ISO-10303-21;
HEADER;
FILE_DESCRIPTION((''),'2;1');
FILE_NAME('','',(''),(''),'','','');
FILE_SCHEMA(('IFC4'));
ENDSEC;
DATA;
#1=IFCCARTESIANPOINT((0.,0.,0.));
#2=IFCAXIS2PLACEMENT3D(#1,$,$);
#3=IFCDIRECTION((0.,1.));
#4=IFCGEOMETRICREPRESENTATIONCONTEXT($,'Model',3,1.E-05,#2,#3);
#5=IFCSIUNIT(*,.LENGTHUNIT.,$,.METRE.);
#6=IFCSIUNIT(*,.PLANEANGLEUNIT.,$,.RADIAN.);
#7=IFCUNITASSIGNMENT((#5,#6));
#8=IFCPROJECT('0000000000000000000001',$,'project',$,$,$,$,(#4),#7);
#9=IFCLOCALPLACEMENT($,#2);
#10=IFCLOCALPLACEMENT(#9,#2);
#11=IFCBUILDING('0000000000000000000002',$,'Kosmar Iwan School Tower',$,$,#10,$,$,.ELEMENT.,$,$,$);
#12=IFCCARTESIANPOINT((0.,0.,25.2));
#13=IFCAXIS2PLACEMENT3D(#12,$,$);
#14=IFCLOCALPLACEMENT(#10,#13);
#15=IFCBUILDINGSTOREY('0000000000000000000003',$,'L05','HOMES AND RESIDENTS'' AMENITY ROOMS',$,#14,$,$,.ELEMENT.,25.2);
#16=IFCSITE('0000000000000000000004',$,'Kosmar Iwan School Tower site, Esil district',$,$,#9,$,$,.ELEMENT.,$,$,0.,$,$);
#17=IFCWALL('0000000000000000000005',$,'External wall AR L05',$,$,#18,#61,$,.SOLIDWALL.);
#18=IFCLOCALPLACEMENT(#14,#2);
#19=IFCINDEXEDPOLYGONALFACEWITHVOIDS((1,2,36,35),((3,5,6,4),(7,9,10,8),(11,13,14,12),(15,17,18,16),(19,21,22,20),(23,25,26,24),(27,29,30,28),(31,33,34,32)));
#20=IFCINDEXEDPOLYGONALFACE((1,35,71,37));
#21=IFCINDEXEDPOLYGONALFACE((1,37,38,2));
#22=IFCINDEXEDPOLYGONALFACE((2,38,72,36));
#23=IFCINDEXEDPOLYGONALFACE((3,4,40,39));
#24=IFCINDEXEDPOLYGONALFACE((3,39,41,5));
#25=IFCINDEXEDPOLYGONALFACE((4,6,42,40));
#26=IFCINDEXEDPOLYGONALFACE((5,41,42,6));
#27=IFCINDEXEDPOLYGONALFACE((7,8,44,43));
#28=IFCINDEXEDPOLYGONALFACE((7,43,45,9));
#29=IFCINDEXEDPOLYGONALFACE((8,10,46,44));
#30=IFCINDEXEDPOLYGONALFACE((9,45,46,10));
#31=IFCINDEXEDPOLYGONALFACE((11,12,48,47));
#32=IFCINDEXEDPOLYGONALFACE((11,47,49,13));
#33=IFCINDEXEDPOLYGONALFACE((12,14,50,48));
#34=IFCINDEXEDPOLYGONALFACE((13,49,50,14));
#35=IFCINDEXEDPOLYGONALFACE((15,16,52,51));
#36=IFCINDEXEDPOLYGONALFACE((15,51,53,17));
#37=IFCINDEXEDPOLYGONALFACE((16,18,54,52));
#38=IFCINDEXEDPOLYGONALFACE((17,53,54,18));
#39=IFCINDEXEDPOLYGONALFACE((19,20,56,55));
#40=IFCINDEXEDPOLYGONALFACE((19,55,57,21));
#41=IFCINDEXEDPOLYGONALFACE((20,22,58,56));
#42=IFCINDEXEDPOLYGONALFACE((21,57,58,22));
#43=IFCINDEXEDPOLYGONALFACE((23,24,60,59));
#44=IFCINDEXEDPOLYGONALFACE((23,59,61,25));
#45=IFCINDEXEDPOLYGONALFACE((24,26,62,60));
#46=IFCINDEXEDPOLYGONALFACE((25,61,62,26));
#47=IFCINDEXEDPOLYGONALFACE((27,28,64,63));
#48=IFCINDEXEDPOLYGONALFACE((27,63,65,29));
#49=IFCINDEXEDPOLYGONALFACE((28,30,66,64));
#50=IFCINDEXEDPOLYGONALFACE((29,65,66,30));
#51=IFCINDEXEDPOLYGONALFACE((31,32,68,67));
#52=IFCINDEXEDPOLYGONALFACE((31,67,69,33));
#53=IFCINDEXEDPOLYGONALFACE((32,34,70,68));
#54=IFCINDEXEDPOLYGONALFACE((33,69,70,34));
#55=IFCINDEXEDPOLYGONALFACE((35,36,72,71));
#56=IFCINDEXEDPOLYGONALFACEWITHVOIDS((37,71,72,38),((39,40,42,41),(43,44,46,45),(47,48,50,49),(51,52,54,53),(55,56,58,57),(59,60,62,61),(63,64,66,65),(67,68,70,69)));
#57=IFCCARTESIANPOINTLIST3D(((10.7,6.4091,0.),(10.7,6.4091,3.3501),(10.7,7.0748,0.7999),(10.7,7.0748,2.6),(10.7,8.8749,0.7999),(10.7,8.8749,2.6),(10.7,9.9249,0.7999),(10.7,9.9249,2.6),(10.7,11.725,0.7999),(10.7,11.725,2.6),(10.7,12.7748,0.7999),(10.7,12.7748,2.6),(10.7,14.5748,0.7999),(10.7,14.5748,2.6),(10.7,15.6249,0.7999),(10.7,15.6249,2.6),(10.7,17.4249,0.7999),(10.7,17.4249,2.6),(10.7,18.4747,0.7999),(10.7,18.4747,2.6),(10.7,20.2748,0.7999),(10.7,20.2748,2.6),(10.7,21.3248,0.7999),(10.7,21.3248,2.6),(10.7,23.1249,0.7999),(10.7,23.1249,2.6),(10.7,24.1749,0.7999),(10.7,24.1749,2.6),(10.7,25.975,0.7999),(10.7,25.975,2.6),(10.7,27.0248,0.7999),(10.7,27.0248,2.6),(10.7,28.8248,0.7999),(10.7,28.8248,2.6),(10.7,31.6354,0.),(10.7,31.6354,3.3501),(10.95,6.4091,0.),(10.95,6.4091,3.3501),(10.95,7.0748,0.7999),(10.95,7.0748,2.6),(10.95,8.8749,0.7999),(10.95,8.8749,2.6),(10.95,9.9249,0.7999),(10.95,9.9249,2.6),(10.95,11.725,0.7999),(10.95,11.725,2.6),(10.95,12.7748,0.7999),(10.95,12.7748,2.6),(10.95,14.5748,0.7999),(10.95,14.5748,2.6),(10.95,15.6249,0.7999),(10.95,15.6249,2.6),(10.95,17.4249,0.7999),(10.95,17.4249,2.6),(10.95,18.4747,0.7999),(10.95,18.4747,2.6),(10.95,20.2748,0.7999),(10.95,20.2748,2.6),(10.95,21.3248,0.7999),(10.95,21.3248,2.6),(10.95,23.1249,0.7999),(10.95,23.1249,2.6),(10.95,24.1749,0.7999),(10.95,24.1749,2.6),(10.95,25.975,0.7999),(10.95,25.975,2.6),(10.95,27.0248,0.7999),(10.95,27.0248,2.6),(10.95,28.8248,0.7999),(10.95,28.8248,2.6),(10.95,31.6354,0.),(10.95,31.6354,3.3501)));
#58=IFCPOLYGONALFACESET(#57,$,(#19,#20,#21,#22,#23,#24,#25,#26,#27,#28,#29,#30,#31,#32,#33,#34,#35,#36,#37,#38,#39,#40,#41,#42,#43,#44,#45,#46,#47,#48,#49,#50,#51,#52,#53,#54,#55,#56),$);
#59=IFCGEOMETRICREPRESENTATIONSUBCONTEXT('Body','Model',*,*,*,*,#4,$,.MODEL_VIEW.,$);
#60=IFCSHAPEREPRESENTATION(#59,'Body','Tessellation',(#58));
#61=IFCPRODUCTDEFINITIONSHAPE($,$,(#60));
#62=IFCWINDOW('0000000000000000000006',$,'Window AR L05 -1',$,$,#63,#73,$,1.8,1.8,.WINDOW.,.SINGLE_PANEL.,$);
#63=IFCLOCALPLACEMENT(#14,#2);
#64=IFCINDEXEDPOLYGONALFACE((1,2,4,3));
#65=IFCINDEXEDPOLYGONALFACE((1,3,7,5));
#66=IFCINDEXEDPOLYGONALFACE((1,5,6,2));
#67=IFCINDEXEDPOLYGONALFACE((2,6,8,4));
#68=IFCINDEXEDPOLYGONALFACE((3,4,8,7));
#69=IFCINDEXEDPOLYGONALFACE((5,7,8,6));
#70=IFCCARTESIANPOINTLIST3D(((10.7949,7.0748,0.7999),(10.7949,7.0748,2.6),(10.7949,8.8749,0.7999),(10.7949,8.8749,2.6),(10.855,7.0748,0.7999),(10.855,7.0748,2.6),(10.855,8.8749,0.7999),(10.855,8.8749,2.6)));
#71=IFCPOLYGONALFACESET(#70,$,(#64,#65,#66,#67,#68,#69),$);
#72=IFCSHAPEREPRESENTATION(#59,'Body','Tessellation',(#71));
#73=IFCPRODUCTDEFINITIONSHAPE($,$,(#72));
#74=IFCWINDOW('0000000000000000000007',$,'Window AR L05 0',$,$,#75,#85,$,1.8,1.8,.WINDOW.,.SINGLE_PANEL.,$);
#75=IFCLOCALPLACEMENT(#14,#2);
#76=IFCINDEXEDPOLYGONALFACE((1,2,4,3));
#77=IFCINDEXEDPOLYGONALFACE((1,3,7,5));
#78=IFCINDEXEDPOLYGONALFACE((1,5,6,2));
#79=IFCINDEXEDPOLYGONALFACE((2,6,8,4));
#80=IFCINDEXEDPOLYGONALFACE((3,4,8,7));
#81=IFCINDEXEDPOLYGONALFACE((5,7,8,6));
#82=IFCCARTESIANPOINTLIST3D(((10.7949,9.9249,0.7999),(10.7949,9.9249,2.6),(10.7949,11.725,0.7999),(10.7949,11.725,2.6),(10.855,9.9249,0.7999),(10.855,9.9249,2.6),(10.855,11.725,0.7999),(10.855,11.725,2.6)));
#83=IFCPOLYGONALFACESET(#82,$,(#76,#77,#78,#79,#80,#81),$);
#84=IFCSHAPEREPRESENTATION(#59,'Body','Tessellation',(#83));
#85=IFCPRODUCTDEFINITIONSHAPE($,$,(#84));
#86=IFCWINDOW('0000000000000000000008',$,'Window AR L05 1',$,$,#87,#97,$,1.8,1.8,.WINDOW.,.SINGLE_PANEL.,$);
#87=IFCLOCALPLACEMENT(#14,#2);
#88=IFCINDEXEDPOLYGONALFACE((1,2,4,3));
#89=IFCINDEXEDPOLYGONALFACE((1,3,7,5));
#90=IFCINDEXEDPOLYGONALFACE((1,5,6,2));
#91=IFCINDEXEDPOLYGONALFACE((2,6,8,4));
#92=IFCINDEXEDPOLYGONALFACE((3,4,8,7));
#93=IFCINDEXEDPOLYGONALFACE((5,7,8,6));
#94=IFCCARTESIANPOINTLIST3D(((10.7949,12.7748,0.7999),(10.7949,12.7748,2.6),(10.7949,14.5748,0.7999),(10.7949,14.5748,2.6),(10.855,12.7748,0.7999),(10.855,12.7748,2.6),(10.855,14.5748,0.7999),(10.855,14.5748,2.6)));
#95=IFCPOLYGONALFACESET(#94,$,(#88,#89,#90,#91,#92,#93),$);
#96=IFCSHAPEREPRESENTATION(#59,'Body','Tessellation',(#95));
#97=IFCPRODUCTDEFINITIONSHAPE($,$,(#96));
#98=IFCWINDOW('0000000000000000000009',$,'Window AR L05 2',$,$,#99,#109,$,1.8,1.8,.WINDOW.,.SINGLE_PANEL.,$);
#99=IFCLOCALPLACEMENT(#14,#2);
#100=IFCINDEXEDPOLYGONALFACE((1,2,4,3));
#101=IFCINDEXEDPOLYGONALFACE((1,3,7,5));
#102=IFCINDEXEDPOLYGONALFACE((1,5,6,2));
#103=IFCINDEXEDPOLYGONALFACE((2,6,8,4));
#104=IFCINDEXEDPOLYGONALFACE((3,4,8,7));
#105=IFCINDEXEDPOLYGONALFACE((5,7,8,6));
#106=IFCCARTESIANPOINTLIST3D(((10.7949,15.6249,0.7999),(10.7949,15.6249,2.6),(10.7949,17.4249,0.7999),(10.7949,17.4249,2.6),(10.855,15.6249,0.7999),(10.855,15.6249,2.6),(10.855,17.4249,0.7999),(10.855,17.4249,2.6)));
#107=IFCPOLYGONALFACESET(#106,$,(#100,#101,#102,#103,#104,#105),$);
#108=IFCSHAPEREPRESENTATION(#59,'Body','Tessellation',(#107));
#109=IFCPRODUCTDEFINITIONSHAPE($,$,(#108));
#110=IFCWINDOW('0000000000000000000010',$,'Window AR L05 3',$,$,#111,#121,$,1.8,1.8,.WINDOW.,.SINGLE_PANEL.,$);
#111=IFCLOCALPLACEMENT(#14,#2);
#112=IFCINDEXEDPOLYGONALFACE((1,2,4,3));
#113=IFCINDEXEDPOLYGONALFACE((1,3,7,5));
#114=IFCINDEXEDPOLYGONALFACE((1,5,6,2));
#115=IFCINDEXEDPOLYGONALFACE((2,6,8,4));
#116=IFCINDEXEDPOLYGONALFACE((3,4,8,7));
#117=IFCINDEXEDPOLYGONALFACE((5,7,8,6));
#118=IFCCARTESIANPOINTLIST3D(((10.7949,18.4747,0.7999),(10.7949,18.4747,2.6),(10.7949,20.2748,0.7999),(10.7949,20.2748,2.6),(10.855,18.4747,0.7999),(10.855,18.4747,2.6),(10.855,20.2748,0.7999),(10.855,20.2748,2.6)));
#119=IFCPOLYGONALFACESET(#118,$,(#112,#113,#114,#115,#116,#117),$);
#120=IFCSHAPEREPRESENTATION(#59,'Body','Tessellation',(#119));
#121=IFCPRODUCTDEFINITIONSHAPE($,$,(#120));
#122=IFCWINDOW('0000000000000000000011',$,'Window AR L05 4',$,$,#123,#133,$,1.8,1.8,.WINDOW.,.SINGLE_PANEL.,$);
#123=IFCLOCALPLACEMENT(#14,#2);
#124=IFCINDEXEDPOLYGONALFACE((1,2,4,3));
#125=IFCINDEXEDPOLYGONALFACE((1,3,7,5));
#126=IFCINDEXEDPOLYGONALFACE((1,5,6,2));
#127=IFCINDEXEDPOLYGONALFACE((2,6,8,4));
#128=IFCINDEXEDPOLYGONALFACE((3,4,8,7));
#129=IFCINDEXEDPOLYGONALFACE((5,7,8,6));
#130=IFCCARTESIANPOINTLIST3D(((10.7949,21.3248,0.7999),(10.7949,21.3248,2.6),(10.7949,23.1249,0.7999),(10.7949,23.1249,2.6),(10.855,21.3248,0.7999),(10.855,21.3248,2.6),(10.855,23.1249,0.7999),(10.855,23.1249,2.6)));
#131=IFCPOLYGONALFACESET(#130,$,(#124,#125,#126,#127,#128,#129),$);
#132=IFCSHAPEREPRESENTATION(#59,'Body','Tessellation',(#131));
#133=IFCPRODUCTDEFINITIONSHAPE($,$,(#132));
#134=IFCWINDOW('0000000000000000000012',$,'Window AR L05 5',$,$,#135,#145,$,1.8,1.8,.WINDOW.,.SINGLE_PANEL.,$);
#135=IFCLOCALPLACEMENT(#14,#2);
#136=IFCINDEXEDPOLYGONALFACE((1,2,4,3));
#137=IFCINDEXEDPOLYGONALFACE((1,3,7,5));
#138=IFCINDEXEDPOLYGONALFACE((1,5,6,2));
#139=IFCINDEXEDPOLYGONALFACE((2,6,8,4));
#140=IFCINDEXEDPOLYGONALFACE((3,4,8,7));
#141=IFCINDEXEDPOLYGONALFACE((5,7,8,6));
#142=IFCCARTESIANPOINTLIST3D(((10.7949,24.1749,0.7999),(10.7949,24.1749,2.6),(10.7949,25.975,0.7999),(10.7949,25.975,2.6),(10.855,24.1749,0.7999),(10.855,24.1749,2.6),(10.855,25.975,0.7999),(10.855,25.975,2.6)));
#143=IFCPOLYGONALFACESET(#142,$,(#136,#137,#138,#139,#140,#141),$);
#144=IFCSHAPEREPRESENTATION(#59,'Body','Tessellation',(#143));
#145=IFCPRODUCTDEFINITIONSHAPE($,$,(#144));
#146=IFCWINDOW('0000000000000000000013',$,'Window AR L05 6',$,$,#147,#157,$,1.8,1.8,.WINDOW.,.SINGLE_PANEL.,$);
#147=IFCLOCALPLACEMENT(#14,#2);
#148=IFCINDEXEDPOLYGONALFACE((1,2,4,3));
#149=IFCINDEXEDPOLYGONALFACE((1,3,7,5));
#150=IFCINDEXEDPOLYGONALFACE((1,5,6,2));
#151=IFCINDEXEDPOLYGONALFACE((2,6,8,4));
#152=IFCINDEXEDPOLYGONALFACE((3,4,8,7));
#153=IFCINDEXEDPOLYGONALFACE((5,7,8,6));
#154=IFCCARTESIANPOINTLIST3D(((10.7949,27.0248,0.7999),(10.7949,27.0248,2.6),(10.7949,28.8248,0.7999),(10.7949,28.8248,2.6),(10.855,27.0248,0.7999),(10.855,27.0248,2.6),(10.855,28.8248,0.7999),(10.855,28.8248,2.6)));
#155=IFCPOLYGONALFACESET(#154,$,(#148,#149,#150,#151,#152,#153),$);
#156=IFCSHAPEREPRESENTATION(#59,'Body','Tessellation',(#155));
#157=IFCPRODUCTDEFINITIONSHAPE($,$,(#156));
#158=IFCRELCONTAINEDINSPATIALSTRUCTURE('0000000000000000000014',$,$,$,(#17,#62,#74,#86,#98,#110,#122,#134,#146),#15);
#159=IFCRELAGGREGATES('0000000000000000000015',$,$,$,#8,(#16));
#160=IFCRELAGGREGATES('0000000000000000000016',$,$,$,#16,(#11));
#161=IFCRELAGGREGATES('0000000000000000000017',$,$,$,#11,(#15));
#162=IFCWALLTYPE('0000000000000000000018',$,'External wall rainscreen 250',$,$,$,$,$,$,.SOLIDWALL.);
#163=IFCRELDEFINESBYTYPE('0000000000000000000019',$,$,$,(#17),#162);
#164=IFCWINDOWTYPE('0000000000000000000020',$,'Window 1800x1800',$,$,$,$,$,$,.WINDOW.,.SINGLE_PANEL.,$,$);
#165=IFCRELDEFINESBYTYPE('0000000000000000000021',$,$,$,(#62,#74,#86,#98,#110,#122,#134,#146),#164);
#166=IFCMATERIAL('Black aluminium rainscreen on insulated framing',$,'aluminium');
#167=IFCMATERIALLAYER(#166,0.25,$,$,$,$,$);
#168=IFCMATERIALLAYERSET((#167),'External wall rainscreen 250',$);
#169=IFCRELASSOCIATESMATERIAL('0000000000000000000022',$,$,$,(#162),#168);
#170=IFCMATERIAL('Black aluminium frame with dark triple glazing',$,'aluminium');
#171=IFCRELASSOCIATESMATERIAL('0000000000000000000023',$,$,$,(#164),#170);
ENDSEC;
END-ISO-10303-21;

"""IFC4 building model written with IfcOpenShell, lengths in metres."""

from ifc_helpers import new_model, si_unit, direction, frame, frame_2d, origin, place, context, subcontext, project, spatial, rectangle, extrude, material, layer, layer_set, type_object, element, fill, save


model = new_model("IFC4")

# Units and contexts
model_context = context("Model", 3, precision=1e-05, world=origin(), true_north=direction((0.0, 1.0)))
body_context = subcontext(model_context, "Body", "Model", "MODEL_VIEW")
ifc_project = project(units=[si_unit("LENGTHUNIT", "METRE"), si_unit("PLANEANGLEUNIT", "RADIAN")], contexts=[model_context])

# Site, building, storey
site_placement = place(None, origin())
site = spatial("IfcSite", under=ifc_project, at=site_placement, Name="Kosmar Iwan School Tower site, Esil district", CompositionType="ELEMENT", RefElevation=0.0)
building_placement = place(site_placement, origin())
building = spatial("IfcBuilding", under=site, at=building_placement, Name="Kosmar Iwan School Tower", CompositionType="ELEMENT")
storey_placement = place(building_placement, frame((0.0, 0.0, 25.2)))
storey = spatial("IfcBuildingStorey", under=building, at=storey_placement, Name="L05", Description="HOMES AND RESIDENTS' AMENITY ROOMS", CompositionType="ELEMENT", Elevation=25.2)

# Wall, openings, windows
ifc_material_1 = material(Name="Black aluminium rainscreen on insulated framing", Category="aluminium")
ifc_layer = layer(ifc_material_1, 0.25)
ifc_layer_set = layer_set([ifc_layer], Name="External wall rainscreen 250")
wall_type = type_object("IfcWallType", Name="External wall rainscreen 250", PredefinedType="SOLIDWALL", material=ifc_layer_set)
ifc_material_2 = material(Name="Black aluminium frame with dark triple glazing", Category="aluminium")
window_type = type_object("IfcWindowType", Name="Window 1800x1800", PartitioningType="SINGLE_PANEL", PredefinedType="WINDOW", material=ifc_material_2)
wall_1_placement = place(storey_placement, frame((10.825, 6.4089, 0.0), z_axis=(0.0, 0.0, 1.0), x_axis=(0.0, 1.0, 0.0)))
wall_1 = element("IfcWall", 1, at=wall_1_placement, inside=storey, type_object=wall_type, Name="External wall AR L05", PredefinedType="SOLIDWALL", context=body_context, shape_type="SweptSolid", body=[
    extrude(rectangle(XDim=25.2263, YDim=0.25, at=frame_2d((12.6133, 0.0))), origin(), (0.0, 0.0, 1.0), 3.3501),
])
opening_1_placement = place(wall_1_placement, frame((0.666, 0.0, 0.8)))
opening_1 = element("IfcOpeningElement", 2, at=opening_1_placement, cuts=wall_1, PredefinedType="OPENING", context=body_context, shape_type="SweptSolid", body=[
    extrude(rectangle(XDim=1.8, YDim=1.8, at=frame_2d((0.8999, 0.8999))), frame((0.0, 0.137, 0.0), z_axis=(0.0, -1.0, 0.0), x_axis=(1.0, 0.0, 0.0)), (0.0, 0.0, 1.0), 0.2739),
])
opening_2_placement = place(wall_1_placement, frame((3.5161, 0.0, 0.8)))
opening_2 = element("IfcOpeningElement", 3, at=opening_2_placement, cuts=wall_1, PredefinedType="OPENING", context=body_context, shape_type="SweptSolid", body=[
    extrude(rectangle(XDim=1.8, YDim=1.8, at=frame_2d((0.8999, 0.8999))), frame((0.0, 0.137, 0.0), z_axis=(0.0, -1.0, 0.0), x_axis=(1.0, 0.0, 0.0)), (0.0, 0.0, 1.0), 0.2739),
])
opening_3_placement = place(wall_1_placement, frame((6.366, 0.0, 0.8)))
opening_3 = element("IfcOpeningElement", 4, at=opening_3_placement, cuts=wall_1, PredefinedType="OPENING", context=body_context, shape_type="SweptSolid", body=[
    extrude(rectangle(XDim=1.8, YDim=1.8, at=frame_2d((0.8999, 0.8999))), frame((0.0, 0.137, 0.0), z_axis=(0.0, -1.0, 0.0), x_axis=(1.0, 0.0, 0.0)), (0.0, 0.0, 1.0), 0.2739),
])
opening_4_placement = place(wall_1_placement, frame((9.2161, 0.0, 0.8)))
opening_4 = element("IfcOpeningElement", 5, at=opening_4_placement, cuts=wall_1, PredefinedType="OPENING", context=body_context, shape_type="SweptSolid", body=[
    extrude(rectangle(XDim=1.8, YDim=1.8, at=frame_2d((0.8999, 0.8999))), frame((0.0, 0.137, 0.0), z_axis=(0.0, -1.0, 0.0), x_axis=(1.0, 0.0, 0.0)), (0.0, 0.0, 1.0), 0.2739),
])
opening_5_placement = place(wall_1_placement, frame((12.0659, 0.0, 0.8)))
opening_5 = element("IfcOpeningElement", 6, at=opening_5_placement, cuts=wall_1, PredefinedType="OPENING", context=body_context, shape_type="SweptSolid", body=[
    extrude(rectangle(XDim=1.8, YDim=1.8, at=frame_2d((0.8999, 0.8999))), frame((0.0, 0.137, 0.0), z_axis=(0.0, -1.0, 0.0), x_axis=(1.0, 0.0, 0.0)), (0.0, 0.0, 1.0), 0.2739),
])
opening_6_placement = place(wall_1_placement, frame((14.916, 0.0, 0.8)))
opening_6 = element("IfcOpeningElement", 7, at=opening_6_placement, cuts=wall_1, PredefinedType="OPENING", context=body_context, shape_type="SweptSolid", body=[
    extrude(rectangle(XDim=1.8, YDim=1.8, at=frame_2d((0.8999, 0.8999))), frame((0.0, 0.137, 0.0), z_axis=(0.0, -1.0, 0.0), x_axis=(1.0, 0.0, 0.0)), (0.0, 0.0, 1.0), 0.2739),
])
opening_7_placement = place(wall_1_placement, frame((17.7661, 0.0, 0.8)))
opening_7 = element("IfcOpeningElement", 8, at=opening_7_placement, cuts=wall_1, PredefinedType="OPENING", context=body_context, shape_type="SweptSolid", body=[
    extrude(rectangle(XDim=1.8, YDim=1.8, at=frame_2d((0.8999, 0.8999))), frame((0.0, 0.137, 0.0), z_axis=(0.0, -1.0, 0.0), x_axis=(1.0, 0.0, 0.0)), (0.0, 0.0, 1.0), 0.2739),
])
opening_8_placement = place(wall_1_placement, frame((20.616, 0.0, 0.8)))
opening_8 = element("IfcOpeningElement", 9, at=opening_8_placement, cuts=wall_1, PredefinedType="OPENING", context=body_context, shape_type="SweptSolid", body=[
    extrude(rectangle(XDim=1.8, YDim=1.8, at=frame_2d((0.8999, 0.8999))), frame((0.0, 0.137, 0.0), z_axis=(0.0, -1.0, 0.0), x_axis=(1.0, 0.0, 0.0)), (0.0, 0.0, 1.0), 0.2739),
])
window_1_placement = place(opening_1_placement, origin())
window_1 = element("IfcWindow", 10, at=window_1_placement, inside=storey, type_object=window_type, Name="Window AR L05 -1", OverallHeight=1.8, OverallWidth=1.8, PartitioningType="SINGLE_PANEL", PredefinedType="WINDOW", context=body_context, shape_type="SweptSolid", body=[
    extrude(rectangle(XDim=1.8, YDim=1.8, at=frame_2d((0.8999, 0.8999))), frame((0.0, 0.03, 0.0), z_axis=(0.0, -1.0, 0.0), x_axis=(1.0, 0.0, 0.0)), (0.0, 0.0, 1.0), 0.0601),
])
fill(opening_1, window_1)
window_2_placement = place(opening_2_placement, origin())
window_2 = element("IfcWindow", 11, at=window_2_placement, inside=storey, type_object=window_type, Name="Window AR L05 0", OverallHeight=1.8, OverallWidth=1.8, PartitioningType="SINGLE_PANEL", PredefinedType="WINDOW", context=body_context, shape_type="SweptSolid", body=[
    extrude(rectangle(XDim=1.8, YDim=1.8, at=frame_2d((0.8999, 0.8999))), frame((0.0, 0.03, 0.0), z_axis=(0.0, -1.0, 0.0), x_axis=(1.0, 0.0, 0.0)), (0.0, 0.0, 1.0), 0.0601),
])
fill(opening_2, window_2)
window_3_placement = place(opening_3_placement, origin())
window_3 = element("IfcWindow", 12, at=window_3_placement, inside=storey, type_object=window_type, Name="Window AR L05 1", OverallHeight=1.8, OverallWidth=1.8, PartitioningType="SINGLE_PANEL", PredefinedType="WINDOW", context=body_context, shape_type="SweptSolid", body=[
    extrude(rectangle(XDim=1.8, YDim=1.8, at=frame_2d((0.8999, 0.8999))), frame((0.0, 0.03, 0.0), z_axis=(0.0, -1.0, 0.0), x_axis=(1.0, 0.0, 0.0)), (0.0, 0.0, 1.0), 0.0601),
])
fill(opening_3, window_3)
window_4_placement = place(opening_4_placement, origin())
window_4 = element("IfcWindow", 13, at=window_4_placement, inside=storey, type_object=window_type, Name="Window AR L05 2", OverallHeight=1.8, OverallWidth=1.8, PartitioningType="SINGLE_PANEL", PredefinedType="WINDOW", context=body_context, shape_type="SweptSolid", body=[
    extrude(rectangle(XDim=1.8, YDim=1.8, at=frame_2d((0.8999, 0.8999))), frame((0.0, 0.03, 0.0), z_axis=(0.0, -1.0, 0.0), x_axis=(1.0, 0.0, 0.0)), (0.0, 0.0, 1.0), 0.0601),
])
fill(opening_4, window_4)
window_5_placement = place(opening_5_placement, origin())
window_5 = element("IfcWindow", 14, at=window_5_placement, inside=storey, type_object=window_type, Name="Window AR L05 3", OverallHeight=1.8, OverallWidth=1.8, PartitioningType="SINGLE_PANEL", PredefinedType="WINDOW", context=body_context, shape_type="SweptSolid", body=[
    extrude(rectangle(XDim=1.8, YDim=1.8, at=frame_2d((0.8999, 0.8999))), frame((0.0, 0.03, 0.0), z_axis=(0.0, -1.0, 0.0), x_axis=(1.0, 0.0, 0.0)), (0.0, 0.0, 1.0), 0.0601),
])
fill(opening_5, window_5)
window_6_placement = place(opening_6_placement, origin())
window_6 = element("IfcWindow", 15, at=window_6_placement, inside=storey, type_object=window_type, Name="Window AR L05 4", OverallHeight=1.8, OverallWidth=1.8, PartitioningType="SINGLE_PANEL", PredefinedType="WINDOW", context=body_context, shape_type="SweptSolid", body=[
    extrude(rectangle(XDim=1.8, YDim=1.8, at=frame_2d((0.8999, 0.8999))), frame((0.0, 0.03, 0.0), z_axis=(0.0, -1.0, 0.0), x_axis=(1.0, 0.0, 0.0)), (0.0, 0.0, 1.0), 0.0601),
])
fill(opening_6, window_6)
window_7_placement = place(opening_7_placement, origin())
window_7 = element("IfcWindow", 16, at=window_7_placement, inside=storey, type_object=window_type, Name="Window AR L05 5", OverallHeight=1.8, OverallWidth=1.8, PartitioningType="SINGLE_PANEL", PredefinedType="WINDOW", context=body_context, shape_type="SweptSolid", body=[
    extrude(rectangle(XDim=1.8, YDim=1.8, at=frame_2d((0.8999, 0.8999))), frame((0.0, 0.03, 0.0), z_axis=(0.0, -1.0, 0.0), x_axis=(1.0, 0.0, 0.0)), (0.0, 0.0, 1.0), 0.0601),
])
fill(opening_7, window_7)
window_8_placement = place(opening_8_placement, origin())
window_8 = element("IfcWindow", 17, at=window_8_placement, inside=storey, type_object=window_type, Name="Window AR L05 6", OverallHeight=1.8, OverallWidth=1.8, PartitioningType="SINGLE_PANEL", PredefinedType="WINDOW", context=body_context, shape_type="SweptSolid", body=[
    extrude(rectangle(XDim=1.8, YDim=1.8, at=frame_2d((0.8999, 0.8999))), frame((0.0, 0.03, 0.0), z_axis=(0.0, -1.0, 0.0), x_axis=(1.0, 0.0, 0.0)), (0.0, 0.0, 1.0), 0.0601),
])
fill(opening_8, window_8)

save(model, "model.ifc")
